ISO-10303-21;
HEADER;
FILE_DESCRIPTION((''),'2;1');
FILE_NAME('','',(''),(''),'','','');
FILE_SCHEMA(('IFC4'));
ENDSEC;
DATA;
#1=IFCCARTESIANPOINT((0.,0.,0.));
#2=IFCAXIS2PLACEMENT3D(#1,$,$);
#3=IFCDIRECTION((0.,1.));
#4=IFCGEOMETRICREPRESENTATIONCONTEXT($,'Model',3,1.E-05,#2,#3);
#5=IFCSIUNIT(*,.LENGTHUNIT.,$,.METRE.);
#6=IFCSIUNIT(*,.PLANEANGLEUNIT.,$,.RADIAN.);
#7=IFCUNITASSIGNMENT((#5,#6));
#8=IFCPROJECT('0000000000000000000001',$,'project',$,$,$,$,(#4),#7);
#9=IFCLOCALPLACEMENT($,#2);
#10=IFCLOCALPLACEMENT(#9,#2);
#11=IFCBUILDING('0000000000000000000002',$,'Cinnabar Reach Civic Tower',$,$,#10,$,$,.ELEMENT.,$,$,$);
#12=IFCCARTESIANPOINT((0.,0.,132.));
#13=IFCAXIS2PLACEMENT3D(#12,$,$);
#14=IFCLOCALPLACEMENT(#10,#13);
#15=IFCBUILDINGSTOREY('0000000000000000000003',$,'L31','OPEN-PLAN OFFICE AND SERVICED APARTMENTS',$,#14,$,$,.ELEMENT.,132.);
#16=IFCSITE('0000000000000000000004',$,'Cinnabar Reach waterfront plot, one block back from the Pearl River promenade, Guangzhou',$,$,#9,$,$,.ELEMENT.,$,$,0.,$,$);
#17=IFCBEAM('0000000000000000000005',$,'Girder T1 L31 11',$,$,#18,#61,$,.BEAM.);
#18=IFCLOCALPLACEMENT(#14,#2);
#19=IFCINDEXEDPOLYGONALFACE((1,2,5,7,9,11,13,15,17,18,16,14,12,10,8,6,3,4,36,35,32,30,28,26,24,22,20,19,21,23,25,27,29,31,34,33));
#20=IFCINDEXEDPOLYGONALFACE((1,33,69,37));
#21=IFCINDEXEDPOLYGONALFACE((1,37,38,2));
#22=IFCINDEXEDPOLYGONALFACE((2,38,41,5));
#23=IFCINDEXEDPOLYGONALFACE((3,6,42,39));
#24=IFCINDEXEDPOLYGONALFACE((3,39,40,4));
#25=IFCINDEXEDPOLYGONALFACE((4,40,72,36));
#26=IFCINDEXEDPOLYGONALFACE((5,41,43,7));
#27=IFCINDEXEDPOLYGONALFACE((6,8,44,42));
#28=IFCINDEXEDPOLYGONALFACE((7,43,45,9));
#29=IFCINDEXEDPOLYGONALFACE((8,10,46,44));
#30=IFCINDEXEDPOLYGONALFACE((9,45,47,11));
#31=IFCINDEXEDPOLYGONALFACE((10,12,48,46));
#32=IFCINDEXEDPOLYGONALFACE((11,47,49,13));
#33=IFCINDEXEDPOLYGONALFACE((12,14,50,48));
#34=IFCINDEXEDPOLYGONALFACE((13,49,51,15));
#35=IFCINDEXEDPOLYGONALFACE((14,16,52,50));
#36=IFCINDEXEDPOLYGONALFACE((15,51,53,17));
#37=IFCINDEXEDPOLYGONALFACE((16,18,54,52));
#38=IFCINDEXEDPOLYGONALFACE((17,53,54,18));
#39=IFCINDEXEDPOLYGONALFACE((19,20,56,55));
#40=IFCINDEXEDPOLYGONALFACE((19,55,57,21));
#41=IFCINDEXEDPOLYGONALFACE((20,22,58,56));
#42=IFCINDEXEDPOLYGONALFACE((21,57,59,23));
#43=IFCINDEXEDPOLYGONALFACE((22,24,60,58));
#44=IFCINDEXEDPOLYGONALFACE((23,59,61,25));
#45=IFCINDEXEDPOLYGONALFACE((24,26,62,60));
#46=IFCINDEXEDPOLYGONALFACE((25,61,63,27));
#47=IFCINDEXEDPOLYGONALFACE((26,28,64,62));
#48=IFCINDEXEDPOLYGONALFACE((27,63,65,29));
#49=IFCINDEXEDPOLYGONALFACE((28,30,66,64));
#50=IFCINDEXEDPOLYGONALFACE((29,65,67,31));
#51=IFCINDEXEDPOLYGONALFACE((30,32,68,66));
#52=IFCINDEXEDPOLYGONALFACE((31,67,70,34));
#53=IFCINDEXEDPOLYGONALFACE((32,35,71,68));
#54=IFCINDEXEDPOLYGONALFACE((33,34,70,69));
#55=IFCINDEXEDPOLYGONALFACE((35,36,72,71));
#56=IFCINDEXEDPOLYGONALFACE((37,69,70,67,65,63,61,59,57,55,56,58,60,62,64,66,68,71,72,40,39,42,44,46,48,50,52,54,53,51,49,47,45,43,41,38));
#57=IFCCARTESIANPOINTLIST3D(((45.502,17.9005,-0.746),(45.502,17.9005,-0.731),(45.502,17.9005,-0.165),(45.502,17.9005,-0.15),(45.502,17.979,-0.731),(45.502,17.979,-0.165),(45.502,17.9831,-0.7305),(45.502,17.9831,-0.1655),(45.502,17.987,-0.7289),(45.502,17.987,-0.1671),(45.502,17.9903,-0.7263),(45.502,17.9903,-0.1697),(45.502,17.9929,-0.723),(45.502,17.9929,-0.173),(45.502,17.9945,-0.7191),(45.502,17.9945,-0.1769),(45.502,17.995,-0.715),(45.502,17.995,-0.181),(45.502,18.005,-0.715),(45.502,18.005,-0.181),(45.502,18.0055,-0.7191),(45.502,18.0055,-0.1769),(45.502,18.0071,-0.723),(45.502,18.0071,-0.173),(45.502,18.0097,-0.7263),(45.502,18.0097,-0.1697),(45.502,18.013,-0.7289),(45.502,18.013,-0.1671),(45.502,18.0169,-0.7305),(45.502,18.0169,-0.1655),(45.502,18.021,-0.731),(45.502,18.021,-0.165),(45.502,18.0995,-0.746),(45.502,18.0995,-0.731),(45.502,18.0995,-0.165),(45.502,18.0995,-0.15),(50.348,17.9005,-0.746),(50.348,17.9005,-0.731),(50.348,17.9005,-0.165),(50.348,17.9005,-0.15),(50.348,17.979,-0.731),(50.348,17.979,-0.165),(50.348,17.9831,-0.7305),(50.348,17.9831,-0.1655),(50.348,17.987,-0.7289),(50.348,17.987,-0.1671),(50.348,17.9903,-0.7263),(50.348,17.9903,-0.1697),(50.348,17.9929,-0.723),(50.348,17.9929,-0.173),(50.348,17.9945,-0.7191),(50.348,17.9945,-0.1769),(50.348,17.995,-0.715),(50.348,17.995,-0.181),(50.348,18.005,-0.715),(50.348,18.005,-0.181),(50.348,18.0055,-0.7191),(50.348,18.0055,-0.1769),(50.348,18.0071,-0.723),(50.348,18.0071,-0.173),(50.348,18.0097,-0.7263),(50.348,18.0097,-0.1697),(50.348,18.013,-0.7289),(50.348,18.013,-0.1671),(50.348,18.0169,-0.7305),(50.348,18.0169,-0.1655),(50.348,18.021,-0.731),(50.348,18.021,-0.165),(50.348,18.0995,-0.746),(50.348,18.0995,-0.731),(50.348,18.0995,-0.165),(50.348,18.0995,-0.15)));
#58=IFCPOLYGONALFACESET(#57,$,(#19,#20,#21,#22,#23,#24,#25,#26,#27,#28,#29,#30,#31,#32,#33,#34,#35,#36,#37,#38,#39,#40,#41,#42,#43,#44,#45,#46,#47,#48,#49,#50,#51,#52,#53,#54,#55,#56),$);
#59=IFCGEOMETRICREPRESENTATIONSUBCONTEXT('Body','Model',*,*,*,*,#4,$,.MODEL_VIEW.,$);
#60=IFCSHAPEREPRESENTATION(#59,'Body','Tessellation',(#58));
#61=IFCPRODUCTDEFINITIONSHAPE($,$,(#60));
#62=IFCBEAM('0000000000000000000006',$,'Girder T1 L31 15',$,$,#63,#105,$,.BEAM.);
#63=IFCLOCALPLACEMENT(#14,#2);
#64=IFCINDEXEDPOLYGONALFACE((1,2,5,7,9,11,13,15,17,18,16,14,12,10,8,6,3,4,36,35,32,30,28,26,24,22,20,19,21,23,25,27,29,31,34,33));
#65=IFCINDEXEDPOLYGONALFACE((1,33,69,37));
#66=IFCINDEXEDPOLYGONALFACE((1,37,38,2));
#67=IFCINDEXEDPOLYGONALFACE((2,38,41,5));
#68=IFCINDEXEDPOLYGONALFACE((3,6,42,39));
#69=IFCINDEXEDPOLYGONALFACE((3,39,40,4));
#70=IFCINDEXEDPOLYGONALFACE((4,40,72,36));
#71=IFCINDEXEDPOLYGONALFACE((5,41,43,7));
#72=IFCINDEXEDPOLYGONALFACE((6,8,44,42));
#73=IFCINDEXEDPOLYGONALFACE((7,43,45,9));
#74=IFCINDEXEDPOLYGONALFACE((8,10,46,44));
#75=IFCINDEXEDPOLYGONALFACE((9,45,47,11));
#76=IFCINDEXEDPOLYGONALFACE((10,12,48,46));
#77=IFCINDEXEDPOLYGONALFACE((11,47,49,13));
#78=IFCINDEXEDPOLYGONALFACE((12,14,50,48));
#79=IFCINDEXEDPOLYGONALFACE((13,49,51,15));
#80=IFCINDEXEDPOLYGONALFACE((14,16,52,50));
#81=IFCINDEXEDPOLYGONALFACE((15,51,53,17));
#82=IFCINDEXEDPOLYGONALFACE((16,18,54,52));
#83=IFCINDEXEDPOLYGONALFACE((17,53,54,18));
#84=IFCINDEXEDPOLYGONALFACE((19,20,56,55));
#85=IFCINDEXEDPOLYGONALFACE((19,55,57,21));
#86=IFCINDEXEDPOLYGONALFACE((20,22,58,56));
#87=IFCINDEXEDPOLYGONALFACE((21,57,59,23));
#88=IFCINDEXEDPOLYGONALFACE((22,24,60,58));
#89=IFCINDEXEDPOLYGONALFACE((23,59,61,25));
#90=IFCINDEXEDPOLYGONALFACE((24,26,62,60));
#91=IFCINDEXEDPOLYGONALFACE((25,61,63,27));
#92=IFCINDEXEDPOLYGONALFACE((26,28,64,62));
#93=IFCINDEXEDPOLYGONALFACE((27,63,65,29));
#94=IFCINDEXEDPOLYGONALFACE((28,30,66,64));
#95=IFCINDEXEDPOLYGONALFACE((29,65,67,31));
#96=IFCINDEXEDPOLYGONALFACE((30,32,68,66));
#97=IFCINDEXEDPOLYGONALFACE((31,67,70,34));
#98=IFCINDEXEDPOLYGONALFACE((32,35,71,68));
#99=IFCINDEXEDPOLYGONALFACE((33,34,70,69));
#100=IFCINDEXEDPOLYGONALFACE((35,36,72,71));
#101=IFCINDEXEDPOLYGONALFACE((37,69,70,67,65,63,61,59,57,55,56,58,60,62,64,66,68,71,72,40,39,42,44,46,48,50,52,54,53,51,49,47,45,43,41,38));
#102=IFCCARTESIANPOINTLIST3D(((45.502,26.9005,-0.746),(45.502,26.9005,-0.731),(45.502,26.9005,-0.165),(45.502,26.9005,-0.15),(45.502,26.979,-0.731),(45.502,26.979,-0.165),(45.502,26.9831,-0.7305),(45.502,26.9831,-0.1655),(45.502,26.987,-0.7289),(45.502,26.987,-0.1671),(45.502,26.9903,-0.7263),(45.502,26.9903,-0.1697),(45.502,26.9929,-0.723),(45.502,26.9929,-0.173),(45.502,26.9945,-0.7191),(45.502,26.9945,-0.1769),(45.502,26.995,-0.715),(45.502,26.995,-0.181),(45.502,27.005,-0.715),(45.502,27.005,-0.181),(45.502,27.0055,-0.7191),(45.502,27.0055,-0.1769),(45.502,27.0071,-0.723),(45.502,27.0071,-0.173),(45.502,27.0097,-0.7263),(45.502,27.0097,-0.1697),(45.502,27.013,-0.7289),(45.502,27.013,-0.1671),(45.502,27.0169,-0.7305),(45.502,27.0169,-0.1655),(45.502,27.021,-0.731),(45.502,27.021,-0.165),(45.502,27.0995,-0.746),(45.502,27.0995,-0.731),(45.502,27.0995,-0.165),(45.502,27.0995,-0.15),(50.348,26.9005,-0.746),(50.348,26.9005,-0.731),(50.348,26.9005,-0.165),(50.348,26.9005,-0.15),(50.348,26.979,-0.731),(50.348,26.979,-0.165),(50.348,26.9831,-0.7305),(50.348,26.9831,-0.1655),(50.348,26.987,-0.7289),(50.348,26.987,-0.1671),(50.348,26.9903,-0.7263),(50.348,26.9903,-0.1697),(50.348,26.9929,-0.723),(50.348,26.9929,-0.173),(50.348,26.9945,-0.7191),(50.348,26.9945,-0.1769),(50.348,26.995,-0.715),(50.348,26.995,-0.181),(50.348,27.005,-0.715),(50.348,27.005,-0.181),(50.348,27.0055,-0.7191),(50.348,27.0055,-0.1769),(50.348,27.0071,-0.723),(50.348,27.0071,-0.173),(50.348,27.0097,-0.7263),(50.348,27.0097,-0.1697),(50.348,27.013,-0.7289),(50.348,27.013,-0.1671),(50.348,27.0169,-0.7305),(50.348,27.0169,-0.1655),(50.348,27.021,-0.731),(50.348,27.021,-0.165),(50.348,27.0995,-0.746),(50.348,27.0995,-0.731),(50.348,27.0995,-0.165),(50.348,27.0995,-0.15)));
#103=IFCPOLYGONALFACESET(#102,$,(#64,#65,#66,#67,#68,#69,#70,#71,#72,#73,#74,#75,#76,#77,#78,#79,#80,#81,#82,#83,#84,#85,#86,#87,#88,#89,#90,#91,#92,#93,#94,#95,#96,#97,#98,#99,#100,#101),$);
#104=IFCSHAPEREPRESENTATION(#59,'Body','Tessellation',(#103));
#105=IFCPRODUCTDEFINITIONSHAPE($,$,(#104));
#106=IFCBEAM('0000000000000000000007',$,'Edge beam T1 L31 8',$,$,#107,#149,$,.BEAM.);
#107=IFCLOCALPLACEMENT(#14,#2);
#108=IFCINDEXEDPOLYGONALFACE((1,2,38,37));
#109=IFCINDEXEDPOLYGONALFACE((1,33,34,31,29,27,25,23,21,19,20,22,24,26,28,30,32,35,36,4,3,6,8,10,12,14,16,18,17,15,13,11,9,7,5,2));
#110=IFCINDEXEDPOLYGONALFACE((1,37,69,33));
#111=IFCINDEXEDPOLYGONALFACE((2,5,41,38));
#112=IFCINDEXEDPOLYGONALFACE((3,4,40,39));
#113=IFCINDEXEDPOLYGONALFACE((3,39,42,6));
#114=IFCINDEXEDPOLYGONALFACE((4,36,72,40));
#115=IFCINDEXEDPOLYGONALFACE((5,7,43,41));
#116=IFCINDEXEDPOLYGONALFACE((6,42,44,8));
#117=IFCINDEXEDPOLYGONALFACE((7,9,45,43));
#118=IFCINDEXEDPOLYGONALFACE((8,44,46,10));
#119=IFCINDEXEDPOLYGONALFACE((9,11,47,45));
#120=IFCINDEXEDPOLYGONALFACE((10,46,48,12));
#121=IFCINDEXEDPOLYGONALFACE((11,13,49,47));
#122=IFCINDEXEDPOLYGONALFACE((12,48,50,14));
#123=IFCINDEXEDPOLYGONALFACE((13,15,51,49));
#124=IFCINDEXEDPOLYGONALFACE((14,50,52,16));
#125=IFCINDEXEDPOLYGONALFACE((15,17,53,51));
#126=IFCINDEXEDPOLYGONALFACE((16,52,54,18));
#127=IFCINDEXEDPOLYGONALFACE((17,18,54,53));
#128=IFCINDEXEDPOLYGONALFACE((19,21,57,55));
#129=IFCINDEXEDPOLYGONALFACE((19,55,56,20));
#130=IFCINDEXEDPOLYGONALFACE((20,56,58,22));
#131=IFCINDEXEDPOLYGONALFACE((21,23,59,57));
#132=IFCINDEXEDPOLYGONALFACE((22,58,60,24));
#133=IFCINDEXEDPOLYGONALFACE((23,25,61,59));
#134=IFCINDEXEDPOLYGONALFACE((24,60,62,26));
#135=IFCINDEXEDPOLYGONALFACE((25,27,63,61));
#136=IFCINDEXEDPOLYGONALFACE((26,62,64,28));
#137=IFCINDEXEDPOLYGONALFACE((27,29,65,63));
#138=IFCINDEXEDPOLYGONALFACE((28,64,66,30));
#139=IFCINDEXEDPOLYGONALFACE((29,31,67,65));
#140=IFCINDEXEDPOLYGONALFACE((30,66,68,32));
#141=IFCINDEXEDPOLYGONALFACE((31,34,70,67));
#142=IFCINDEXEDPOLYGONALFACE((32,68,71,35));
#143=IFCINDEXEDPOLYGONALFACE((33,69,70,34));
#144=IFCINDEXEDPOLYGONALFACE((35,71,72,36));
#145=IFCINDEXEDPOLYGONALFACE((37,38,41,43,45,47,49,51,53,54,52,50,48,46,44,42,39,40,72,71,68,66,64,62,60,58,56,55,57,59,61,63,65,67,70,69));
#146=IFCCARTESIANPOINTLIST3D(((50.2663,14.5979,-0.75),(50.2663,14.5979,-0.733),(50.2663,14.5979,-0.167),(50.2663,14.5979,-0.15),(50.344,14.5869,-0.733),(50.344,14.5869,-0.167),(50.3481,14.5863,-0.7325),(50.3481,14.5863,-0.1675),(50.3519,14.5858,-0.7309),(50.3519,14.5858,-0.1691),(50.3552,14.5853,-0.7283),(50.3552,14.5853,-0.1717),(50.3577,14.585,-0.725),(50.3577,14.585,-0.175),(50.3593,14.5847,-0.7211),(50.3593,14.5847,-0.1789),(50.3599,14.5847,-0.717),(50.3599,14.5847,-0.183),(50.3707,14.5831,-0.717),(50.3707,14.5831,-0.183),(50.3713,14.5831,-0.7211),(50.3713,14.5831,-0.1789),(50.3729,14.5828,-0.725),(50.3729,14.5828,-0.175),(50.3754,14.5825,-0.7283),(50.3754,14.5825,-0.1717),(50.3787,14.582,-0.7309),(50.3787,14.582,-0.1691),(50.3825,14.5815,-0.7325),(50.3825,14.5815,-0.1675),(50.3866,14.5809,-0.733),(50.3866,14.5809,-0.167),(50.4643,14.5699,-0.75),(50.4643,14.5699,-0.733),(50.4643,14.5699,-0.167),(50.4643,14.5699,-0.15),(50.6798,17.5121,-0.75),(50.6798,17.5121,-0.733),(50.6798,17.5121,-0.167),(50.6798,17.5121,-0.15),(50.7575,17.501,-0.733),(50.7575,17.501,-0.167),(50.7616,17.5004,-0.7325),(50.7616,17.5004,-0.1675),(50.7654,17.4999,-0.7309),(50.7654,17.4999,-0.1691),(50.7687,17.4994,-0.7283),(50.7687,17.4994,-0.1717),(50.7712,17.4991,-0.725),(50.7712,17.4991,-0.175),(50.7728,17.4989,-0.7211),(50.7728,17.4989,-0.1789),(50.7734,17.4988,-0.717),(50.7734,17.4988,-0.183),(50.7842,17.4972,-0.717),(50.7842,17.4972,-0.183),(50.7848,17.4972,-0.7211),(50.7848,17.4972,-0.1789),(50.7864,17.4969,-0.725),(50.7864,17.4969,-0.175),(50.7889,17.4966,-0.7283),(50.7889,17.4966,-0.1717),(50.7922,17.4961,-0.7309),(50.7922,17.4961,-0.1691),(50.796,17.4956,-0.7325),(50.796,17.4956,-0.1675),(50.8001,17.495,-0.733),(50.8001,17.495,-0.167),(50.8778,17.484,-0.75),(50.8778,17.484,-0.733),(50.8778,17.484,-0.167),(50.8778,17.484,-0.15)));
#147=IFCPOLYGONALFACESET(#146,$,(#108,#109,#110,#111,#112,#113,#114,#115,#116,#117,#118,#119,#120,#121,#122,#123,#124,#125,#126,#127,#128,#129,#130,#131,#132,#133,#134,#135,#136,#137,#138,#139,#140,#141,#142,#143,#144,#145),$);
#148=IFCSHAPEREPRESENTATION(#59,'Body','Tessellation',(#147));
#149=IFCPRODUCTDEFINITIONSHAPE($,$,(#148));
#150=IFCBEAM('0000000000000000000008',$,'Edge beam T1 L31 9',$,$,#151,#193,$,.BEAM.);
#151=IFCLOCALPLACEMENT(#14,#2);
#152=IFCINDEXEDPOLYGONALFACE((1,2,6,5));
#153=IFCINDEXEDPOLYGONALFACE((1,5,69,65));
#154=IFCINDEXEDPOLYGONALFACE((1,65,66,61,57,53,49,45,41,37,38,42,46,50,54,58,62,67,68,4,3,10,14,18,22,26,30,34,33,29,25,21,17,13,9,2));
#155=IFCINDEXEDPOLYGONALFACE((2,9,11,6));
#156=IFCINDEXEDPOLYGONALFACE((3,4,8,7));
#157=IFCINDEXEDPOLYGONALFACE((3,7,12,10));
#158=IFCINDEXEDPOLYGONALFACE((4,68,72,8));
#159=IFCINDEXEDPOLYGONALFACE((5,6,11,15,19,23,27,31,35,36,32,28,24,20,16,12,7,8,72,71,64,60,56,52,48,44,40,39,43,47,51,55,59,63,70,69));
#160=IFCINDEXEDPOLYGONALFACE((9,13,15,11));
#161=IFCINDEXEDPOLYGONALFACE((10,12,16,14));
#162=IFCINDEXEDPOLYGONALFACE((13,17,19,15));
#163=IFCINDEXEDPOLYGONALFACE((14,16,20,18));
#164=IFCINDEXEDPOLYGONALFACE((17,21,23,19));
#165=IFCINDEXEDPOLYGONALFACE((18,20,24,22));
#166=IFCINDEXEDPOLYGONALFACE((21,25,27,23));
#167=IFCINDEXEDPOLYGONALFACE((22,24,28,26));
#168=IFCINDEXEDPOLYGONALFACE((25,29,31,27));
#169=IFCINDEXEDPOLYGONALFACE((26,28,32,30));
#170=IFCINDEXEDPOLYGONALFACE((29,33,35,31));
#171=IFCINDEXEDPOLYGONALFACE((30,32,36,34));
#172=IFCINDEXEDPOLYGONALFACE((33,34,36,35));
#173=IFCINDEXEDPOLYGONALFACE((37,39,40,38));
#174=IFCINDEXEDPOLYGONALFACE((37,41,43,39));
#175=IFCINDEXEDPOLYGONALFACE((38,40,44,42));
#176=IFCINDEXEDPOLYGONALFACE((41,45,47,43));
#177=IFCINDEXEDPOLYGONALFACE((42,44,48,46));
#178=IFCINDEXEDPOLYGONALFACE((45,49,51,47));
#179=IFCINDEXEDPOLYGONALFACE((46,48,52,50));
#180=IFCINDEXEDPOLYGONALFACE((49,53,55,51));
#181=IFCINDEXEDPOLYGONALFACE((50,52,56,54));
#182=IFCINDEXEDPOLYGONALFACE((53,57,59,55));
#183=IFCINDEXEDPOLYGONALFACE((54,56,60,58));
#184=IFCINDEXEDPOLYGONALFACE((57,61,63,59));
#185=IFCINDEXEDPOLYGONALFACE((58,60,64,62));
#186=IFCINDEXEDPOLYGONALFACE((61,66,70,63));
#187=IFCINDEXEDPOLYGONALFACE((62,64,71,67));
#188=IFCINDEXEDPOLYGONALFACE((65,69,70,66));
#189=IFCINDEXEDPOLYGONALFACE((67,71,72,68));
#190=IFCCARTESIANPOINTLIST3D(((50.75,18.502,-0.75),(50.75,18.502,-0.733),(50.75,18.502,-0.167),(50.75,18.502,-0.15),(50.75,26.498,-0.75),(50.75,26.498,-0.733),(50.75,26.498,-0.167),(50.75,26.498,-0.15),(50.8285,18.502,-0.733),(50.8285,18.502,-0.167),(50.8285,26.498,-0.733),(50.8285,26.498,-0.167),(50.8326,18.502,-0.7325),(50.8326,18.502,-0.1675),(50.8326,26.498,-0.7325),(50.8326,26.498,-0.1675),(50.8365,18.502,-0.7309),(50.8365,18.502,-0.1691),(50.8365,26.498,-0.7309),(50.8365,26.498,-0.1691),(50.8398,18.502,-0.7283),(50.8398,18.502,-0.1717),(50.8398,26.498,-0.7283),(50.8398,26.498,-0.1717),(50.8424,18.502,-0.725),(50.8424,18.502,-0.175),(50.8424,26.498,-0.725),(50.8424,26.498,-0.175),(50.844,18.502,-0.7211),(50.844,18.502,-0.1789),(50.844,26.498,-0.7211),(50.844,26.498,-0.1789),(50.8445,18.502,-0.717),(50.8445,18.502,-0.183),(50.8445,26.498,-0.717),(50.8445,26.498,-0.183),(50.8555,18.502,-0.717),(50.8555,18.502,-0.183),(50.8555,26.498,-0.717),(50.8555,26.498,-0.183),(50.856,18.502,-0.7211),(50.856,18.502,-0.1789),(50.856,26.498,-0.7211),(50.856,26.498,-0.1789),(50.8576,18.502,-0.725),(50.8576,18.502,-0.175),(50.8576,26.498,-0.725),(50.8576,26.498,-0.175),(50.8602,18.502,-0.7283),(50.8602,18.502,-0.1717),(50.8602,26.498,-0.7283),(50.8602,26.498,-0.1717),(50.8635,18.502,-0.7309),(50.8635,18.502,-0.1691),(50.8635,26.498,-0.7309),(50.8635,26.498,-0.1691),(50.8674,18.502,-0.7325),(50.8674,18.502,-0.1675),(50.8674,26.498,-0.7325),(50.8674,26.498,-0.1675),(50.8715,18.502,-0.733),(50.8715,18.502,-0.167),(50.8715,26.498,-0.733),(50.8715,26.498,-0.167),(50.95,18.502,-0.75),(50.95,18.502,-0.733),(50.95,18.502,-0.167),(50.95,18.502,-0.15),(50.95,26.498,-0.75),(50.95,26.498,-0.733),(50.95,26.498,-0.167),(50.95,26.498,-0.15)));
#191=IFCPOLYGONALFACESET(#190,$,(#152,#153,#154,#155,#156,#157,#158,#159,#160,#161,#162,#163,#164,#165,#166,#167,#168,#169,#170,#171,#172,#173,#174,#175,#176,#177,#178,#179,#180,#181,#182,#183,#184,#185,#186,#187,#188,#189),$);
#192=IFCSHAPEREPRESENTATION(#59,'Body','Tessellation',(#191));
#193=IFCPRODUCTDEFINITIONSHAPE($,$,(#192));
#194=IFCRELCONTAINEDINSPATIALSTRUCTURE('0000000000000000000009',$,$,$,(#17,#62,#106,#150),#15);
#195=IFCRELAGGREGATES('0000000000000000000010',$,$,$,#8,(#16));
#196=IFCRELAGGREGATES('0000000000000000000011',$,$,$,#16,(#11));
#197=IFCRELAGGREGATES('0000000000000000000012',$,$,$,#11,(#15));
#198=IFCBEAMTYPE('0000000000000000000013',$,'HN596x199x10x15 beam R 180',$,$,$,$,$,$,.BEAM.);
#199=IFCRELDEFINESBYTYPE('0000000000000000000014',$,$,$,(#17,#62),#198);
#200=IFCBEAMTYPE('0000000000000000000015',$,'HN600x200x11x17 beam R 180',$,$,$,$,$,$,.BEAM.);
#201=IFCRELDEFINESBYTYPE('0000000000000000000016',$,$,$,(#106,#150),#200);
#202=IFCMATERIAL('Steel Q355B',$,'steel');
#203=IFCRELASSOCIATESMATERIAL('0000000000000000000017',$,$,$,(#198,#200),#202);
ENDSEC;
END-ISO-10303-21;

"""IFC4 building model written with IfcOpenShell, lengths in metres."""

from ifc_helpers import new_model, si_unit, direction, frame, origin, origin_2d, place, context, subcontext, project, spatial, i_section, extrude, material, material_profile, profile_set, type_object, element, save


model = new_model("IFC4")

# Units and contexts
model_context = context("Model", 3, precision=1e-05, world=origin(), true_north=direction((0.0, 1.0)))
body_context = subcontext(model_context, "Body", "Model", "MODEL_VIEW")
ifc_project = project(units=[si_unit("LENGTHUNIT", "METRE"), si_unit("PLANEANGLEUNIT", "RADIAN")], contexts=[model_context])

# Site, building, storey
site_placement = place(None, origin())
site = spatial("IfcSite", under=ifc_project, at=site_placement, Name="Cinnabar Reach waterfront plot, one block back from the Pearl River promenade, Guangzhou", CompositionType="ELEMENT", RefElevation=0.0)
building_placement = place(site_placement, origin())
building = spatial("IfcBuilding", under=site, at=building_placement, Name="Cinnabar Reach Civic Tower", CompositionType="ELEMENT")
storey_placement = place(building_placement, frame((0.0, 0.0, 132.0)))
storey = spatial("IfcBuildingStorey", under=building, at=storey_placement, Name="L31", Description="OPEN-PLAN OFFICE AND SERVICED APARTMENTS", CompositionType="ELEMENT", Elevation=132.0)

# Beams
ifc_material_1 = material(Name="Steel Q355B", Category="steel")
ifc_material_profile_1 = material_profile(ifc_material_1, i_section(OverallWidth=0.199, OverallDepth=0.596, WebThickness=0.01, FlangeThickness=0.015, FilletRadius=0.016, at=origin_2d()), Name="HN596x199x10x15")
ifc_profile_set_1 = profile_set([ifc_material_profile_1], Name="Steel Q355B")
beam_type_1 = type_object("IfcBeamType", Name="HN596x199x10x15 beam R 180", PredefinedType="BEAM", material=ifc_profile_set_1)
for number, where, z_axis, x_axis, name in (
    (1, (45.502, 18.0, -0.448), (1.0, 0.0, 0.0), (0.0, 1.0, 0.0), "Girder T1 L31 11"),
    (2, (45.502, 27.0, -0.448), (1.0, 0.0, 0.0), (0.0, 1.0, 0.0), "Girder T1 L31 15"),
):
    element("IfcBeam", number, at=place(storey_placement, frame(where, z_axis=z_axis, x_axis=x_axis)), inside=storey, type_object=beam_type_1, Name=name, PredefinedType="BEAM", context=body_context, shape_type="SweptSolid", body=[
        extrude(i_section(OverallWidth=0.199, OverallDepth=0.596, WebThickness=0.01, FlangeThickness=0.015, FilletRadius=0.016, at=origin_2d()), origin(), (0.0, 0.0, 1.0), 4.846),
    ])
ifc_material_profile_2 = material_profile(ifc_material_1, i_section(OverallWidth=0.2, OverallDepth=0.6, WebThickness=0.011, FlangeThickness=0.017, FilletRadius=0.016, at=origin_2d()), Name="HN600x200x11x17")
ifc_profile_set_2 = profile_set([ifc_material_profile_2], Name="Steel Q355B")
beam_type_2 = type_object("IfcBeamType", Name="HN600x200x11x17 beam R 180", PredefinedType="BEAM", material=ifc_profile_set_2)
beam_1_placement = place(storey_placement, frame((50.3653, 14.5839, -0.45), z_axis=(0.140489, 0.990082, 0.0), x_axis=(-0.990082, 0.140489, 0.0)))
element("IfcBeam", 3, at=beam_1_placement, inside=storey, type_object=beam_type_2, Name="Edge beam T1 L31 8", PredefinedType="BEAM", context=body_context, shape_type="SweptSolid", body=[
    extrude(i_section(OverallWidth=0.2, OverallDepth=0.6, WebThickness=0.011, FlangeThickness=0.017, FilletRadius=0.016, at=origin_2d()), origin(), (0.0, 0.0, 1.0), 2.9433),
])
beam_2_placement = place(storey_placement, frame((50.85, 18.502, -0.45), z_axis=(0.0, 1.0, 0.0), x_axis=(-1.0, 0.0, 0.0)))
element("IfcBeam", 4, at=beam_2_placement, inside=storey, type_object=beam_type_2, Name="Edge beam T1 L31 9", PredefinedType="BEAM", context=body_context, shape_type="SweptSolid", body=[
    extrude(i_section(OverallWidth=0.2, OverallDepth=0.6, WebThickness=0.011, FlangeThickness=0.017, FilletRadius=0.016, at=origin_2d()), origin(), (0.0, 0.0, 1.0), 7.996),
])

save(model, "model.ifc")
